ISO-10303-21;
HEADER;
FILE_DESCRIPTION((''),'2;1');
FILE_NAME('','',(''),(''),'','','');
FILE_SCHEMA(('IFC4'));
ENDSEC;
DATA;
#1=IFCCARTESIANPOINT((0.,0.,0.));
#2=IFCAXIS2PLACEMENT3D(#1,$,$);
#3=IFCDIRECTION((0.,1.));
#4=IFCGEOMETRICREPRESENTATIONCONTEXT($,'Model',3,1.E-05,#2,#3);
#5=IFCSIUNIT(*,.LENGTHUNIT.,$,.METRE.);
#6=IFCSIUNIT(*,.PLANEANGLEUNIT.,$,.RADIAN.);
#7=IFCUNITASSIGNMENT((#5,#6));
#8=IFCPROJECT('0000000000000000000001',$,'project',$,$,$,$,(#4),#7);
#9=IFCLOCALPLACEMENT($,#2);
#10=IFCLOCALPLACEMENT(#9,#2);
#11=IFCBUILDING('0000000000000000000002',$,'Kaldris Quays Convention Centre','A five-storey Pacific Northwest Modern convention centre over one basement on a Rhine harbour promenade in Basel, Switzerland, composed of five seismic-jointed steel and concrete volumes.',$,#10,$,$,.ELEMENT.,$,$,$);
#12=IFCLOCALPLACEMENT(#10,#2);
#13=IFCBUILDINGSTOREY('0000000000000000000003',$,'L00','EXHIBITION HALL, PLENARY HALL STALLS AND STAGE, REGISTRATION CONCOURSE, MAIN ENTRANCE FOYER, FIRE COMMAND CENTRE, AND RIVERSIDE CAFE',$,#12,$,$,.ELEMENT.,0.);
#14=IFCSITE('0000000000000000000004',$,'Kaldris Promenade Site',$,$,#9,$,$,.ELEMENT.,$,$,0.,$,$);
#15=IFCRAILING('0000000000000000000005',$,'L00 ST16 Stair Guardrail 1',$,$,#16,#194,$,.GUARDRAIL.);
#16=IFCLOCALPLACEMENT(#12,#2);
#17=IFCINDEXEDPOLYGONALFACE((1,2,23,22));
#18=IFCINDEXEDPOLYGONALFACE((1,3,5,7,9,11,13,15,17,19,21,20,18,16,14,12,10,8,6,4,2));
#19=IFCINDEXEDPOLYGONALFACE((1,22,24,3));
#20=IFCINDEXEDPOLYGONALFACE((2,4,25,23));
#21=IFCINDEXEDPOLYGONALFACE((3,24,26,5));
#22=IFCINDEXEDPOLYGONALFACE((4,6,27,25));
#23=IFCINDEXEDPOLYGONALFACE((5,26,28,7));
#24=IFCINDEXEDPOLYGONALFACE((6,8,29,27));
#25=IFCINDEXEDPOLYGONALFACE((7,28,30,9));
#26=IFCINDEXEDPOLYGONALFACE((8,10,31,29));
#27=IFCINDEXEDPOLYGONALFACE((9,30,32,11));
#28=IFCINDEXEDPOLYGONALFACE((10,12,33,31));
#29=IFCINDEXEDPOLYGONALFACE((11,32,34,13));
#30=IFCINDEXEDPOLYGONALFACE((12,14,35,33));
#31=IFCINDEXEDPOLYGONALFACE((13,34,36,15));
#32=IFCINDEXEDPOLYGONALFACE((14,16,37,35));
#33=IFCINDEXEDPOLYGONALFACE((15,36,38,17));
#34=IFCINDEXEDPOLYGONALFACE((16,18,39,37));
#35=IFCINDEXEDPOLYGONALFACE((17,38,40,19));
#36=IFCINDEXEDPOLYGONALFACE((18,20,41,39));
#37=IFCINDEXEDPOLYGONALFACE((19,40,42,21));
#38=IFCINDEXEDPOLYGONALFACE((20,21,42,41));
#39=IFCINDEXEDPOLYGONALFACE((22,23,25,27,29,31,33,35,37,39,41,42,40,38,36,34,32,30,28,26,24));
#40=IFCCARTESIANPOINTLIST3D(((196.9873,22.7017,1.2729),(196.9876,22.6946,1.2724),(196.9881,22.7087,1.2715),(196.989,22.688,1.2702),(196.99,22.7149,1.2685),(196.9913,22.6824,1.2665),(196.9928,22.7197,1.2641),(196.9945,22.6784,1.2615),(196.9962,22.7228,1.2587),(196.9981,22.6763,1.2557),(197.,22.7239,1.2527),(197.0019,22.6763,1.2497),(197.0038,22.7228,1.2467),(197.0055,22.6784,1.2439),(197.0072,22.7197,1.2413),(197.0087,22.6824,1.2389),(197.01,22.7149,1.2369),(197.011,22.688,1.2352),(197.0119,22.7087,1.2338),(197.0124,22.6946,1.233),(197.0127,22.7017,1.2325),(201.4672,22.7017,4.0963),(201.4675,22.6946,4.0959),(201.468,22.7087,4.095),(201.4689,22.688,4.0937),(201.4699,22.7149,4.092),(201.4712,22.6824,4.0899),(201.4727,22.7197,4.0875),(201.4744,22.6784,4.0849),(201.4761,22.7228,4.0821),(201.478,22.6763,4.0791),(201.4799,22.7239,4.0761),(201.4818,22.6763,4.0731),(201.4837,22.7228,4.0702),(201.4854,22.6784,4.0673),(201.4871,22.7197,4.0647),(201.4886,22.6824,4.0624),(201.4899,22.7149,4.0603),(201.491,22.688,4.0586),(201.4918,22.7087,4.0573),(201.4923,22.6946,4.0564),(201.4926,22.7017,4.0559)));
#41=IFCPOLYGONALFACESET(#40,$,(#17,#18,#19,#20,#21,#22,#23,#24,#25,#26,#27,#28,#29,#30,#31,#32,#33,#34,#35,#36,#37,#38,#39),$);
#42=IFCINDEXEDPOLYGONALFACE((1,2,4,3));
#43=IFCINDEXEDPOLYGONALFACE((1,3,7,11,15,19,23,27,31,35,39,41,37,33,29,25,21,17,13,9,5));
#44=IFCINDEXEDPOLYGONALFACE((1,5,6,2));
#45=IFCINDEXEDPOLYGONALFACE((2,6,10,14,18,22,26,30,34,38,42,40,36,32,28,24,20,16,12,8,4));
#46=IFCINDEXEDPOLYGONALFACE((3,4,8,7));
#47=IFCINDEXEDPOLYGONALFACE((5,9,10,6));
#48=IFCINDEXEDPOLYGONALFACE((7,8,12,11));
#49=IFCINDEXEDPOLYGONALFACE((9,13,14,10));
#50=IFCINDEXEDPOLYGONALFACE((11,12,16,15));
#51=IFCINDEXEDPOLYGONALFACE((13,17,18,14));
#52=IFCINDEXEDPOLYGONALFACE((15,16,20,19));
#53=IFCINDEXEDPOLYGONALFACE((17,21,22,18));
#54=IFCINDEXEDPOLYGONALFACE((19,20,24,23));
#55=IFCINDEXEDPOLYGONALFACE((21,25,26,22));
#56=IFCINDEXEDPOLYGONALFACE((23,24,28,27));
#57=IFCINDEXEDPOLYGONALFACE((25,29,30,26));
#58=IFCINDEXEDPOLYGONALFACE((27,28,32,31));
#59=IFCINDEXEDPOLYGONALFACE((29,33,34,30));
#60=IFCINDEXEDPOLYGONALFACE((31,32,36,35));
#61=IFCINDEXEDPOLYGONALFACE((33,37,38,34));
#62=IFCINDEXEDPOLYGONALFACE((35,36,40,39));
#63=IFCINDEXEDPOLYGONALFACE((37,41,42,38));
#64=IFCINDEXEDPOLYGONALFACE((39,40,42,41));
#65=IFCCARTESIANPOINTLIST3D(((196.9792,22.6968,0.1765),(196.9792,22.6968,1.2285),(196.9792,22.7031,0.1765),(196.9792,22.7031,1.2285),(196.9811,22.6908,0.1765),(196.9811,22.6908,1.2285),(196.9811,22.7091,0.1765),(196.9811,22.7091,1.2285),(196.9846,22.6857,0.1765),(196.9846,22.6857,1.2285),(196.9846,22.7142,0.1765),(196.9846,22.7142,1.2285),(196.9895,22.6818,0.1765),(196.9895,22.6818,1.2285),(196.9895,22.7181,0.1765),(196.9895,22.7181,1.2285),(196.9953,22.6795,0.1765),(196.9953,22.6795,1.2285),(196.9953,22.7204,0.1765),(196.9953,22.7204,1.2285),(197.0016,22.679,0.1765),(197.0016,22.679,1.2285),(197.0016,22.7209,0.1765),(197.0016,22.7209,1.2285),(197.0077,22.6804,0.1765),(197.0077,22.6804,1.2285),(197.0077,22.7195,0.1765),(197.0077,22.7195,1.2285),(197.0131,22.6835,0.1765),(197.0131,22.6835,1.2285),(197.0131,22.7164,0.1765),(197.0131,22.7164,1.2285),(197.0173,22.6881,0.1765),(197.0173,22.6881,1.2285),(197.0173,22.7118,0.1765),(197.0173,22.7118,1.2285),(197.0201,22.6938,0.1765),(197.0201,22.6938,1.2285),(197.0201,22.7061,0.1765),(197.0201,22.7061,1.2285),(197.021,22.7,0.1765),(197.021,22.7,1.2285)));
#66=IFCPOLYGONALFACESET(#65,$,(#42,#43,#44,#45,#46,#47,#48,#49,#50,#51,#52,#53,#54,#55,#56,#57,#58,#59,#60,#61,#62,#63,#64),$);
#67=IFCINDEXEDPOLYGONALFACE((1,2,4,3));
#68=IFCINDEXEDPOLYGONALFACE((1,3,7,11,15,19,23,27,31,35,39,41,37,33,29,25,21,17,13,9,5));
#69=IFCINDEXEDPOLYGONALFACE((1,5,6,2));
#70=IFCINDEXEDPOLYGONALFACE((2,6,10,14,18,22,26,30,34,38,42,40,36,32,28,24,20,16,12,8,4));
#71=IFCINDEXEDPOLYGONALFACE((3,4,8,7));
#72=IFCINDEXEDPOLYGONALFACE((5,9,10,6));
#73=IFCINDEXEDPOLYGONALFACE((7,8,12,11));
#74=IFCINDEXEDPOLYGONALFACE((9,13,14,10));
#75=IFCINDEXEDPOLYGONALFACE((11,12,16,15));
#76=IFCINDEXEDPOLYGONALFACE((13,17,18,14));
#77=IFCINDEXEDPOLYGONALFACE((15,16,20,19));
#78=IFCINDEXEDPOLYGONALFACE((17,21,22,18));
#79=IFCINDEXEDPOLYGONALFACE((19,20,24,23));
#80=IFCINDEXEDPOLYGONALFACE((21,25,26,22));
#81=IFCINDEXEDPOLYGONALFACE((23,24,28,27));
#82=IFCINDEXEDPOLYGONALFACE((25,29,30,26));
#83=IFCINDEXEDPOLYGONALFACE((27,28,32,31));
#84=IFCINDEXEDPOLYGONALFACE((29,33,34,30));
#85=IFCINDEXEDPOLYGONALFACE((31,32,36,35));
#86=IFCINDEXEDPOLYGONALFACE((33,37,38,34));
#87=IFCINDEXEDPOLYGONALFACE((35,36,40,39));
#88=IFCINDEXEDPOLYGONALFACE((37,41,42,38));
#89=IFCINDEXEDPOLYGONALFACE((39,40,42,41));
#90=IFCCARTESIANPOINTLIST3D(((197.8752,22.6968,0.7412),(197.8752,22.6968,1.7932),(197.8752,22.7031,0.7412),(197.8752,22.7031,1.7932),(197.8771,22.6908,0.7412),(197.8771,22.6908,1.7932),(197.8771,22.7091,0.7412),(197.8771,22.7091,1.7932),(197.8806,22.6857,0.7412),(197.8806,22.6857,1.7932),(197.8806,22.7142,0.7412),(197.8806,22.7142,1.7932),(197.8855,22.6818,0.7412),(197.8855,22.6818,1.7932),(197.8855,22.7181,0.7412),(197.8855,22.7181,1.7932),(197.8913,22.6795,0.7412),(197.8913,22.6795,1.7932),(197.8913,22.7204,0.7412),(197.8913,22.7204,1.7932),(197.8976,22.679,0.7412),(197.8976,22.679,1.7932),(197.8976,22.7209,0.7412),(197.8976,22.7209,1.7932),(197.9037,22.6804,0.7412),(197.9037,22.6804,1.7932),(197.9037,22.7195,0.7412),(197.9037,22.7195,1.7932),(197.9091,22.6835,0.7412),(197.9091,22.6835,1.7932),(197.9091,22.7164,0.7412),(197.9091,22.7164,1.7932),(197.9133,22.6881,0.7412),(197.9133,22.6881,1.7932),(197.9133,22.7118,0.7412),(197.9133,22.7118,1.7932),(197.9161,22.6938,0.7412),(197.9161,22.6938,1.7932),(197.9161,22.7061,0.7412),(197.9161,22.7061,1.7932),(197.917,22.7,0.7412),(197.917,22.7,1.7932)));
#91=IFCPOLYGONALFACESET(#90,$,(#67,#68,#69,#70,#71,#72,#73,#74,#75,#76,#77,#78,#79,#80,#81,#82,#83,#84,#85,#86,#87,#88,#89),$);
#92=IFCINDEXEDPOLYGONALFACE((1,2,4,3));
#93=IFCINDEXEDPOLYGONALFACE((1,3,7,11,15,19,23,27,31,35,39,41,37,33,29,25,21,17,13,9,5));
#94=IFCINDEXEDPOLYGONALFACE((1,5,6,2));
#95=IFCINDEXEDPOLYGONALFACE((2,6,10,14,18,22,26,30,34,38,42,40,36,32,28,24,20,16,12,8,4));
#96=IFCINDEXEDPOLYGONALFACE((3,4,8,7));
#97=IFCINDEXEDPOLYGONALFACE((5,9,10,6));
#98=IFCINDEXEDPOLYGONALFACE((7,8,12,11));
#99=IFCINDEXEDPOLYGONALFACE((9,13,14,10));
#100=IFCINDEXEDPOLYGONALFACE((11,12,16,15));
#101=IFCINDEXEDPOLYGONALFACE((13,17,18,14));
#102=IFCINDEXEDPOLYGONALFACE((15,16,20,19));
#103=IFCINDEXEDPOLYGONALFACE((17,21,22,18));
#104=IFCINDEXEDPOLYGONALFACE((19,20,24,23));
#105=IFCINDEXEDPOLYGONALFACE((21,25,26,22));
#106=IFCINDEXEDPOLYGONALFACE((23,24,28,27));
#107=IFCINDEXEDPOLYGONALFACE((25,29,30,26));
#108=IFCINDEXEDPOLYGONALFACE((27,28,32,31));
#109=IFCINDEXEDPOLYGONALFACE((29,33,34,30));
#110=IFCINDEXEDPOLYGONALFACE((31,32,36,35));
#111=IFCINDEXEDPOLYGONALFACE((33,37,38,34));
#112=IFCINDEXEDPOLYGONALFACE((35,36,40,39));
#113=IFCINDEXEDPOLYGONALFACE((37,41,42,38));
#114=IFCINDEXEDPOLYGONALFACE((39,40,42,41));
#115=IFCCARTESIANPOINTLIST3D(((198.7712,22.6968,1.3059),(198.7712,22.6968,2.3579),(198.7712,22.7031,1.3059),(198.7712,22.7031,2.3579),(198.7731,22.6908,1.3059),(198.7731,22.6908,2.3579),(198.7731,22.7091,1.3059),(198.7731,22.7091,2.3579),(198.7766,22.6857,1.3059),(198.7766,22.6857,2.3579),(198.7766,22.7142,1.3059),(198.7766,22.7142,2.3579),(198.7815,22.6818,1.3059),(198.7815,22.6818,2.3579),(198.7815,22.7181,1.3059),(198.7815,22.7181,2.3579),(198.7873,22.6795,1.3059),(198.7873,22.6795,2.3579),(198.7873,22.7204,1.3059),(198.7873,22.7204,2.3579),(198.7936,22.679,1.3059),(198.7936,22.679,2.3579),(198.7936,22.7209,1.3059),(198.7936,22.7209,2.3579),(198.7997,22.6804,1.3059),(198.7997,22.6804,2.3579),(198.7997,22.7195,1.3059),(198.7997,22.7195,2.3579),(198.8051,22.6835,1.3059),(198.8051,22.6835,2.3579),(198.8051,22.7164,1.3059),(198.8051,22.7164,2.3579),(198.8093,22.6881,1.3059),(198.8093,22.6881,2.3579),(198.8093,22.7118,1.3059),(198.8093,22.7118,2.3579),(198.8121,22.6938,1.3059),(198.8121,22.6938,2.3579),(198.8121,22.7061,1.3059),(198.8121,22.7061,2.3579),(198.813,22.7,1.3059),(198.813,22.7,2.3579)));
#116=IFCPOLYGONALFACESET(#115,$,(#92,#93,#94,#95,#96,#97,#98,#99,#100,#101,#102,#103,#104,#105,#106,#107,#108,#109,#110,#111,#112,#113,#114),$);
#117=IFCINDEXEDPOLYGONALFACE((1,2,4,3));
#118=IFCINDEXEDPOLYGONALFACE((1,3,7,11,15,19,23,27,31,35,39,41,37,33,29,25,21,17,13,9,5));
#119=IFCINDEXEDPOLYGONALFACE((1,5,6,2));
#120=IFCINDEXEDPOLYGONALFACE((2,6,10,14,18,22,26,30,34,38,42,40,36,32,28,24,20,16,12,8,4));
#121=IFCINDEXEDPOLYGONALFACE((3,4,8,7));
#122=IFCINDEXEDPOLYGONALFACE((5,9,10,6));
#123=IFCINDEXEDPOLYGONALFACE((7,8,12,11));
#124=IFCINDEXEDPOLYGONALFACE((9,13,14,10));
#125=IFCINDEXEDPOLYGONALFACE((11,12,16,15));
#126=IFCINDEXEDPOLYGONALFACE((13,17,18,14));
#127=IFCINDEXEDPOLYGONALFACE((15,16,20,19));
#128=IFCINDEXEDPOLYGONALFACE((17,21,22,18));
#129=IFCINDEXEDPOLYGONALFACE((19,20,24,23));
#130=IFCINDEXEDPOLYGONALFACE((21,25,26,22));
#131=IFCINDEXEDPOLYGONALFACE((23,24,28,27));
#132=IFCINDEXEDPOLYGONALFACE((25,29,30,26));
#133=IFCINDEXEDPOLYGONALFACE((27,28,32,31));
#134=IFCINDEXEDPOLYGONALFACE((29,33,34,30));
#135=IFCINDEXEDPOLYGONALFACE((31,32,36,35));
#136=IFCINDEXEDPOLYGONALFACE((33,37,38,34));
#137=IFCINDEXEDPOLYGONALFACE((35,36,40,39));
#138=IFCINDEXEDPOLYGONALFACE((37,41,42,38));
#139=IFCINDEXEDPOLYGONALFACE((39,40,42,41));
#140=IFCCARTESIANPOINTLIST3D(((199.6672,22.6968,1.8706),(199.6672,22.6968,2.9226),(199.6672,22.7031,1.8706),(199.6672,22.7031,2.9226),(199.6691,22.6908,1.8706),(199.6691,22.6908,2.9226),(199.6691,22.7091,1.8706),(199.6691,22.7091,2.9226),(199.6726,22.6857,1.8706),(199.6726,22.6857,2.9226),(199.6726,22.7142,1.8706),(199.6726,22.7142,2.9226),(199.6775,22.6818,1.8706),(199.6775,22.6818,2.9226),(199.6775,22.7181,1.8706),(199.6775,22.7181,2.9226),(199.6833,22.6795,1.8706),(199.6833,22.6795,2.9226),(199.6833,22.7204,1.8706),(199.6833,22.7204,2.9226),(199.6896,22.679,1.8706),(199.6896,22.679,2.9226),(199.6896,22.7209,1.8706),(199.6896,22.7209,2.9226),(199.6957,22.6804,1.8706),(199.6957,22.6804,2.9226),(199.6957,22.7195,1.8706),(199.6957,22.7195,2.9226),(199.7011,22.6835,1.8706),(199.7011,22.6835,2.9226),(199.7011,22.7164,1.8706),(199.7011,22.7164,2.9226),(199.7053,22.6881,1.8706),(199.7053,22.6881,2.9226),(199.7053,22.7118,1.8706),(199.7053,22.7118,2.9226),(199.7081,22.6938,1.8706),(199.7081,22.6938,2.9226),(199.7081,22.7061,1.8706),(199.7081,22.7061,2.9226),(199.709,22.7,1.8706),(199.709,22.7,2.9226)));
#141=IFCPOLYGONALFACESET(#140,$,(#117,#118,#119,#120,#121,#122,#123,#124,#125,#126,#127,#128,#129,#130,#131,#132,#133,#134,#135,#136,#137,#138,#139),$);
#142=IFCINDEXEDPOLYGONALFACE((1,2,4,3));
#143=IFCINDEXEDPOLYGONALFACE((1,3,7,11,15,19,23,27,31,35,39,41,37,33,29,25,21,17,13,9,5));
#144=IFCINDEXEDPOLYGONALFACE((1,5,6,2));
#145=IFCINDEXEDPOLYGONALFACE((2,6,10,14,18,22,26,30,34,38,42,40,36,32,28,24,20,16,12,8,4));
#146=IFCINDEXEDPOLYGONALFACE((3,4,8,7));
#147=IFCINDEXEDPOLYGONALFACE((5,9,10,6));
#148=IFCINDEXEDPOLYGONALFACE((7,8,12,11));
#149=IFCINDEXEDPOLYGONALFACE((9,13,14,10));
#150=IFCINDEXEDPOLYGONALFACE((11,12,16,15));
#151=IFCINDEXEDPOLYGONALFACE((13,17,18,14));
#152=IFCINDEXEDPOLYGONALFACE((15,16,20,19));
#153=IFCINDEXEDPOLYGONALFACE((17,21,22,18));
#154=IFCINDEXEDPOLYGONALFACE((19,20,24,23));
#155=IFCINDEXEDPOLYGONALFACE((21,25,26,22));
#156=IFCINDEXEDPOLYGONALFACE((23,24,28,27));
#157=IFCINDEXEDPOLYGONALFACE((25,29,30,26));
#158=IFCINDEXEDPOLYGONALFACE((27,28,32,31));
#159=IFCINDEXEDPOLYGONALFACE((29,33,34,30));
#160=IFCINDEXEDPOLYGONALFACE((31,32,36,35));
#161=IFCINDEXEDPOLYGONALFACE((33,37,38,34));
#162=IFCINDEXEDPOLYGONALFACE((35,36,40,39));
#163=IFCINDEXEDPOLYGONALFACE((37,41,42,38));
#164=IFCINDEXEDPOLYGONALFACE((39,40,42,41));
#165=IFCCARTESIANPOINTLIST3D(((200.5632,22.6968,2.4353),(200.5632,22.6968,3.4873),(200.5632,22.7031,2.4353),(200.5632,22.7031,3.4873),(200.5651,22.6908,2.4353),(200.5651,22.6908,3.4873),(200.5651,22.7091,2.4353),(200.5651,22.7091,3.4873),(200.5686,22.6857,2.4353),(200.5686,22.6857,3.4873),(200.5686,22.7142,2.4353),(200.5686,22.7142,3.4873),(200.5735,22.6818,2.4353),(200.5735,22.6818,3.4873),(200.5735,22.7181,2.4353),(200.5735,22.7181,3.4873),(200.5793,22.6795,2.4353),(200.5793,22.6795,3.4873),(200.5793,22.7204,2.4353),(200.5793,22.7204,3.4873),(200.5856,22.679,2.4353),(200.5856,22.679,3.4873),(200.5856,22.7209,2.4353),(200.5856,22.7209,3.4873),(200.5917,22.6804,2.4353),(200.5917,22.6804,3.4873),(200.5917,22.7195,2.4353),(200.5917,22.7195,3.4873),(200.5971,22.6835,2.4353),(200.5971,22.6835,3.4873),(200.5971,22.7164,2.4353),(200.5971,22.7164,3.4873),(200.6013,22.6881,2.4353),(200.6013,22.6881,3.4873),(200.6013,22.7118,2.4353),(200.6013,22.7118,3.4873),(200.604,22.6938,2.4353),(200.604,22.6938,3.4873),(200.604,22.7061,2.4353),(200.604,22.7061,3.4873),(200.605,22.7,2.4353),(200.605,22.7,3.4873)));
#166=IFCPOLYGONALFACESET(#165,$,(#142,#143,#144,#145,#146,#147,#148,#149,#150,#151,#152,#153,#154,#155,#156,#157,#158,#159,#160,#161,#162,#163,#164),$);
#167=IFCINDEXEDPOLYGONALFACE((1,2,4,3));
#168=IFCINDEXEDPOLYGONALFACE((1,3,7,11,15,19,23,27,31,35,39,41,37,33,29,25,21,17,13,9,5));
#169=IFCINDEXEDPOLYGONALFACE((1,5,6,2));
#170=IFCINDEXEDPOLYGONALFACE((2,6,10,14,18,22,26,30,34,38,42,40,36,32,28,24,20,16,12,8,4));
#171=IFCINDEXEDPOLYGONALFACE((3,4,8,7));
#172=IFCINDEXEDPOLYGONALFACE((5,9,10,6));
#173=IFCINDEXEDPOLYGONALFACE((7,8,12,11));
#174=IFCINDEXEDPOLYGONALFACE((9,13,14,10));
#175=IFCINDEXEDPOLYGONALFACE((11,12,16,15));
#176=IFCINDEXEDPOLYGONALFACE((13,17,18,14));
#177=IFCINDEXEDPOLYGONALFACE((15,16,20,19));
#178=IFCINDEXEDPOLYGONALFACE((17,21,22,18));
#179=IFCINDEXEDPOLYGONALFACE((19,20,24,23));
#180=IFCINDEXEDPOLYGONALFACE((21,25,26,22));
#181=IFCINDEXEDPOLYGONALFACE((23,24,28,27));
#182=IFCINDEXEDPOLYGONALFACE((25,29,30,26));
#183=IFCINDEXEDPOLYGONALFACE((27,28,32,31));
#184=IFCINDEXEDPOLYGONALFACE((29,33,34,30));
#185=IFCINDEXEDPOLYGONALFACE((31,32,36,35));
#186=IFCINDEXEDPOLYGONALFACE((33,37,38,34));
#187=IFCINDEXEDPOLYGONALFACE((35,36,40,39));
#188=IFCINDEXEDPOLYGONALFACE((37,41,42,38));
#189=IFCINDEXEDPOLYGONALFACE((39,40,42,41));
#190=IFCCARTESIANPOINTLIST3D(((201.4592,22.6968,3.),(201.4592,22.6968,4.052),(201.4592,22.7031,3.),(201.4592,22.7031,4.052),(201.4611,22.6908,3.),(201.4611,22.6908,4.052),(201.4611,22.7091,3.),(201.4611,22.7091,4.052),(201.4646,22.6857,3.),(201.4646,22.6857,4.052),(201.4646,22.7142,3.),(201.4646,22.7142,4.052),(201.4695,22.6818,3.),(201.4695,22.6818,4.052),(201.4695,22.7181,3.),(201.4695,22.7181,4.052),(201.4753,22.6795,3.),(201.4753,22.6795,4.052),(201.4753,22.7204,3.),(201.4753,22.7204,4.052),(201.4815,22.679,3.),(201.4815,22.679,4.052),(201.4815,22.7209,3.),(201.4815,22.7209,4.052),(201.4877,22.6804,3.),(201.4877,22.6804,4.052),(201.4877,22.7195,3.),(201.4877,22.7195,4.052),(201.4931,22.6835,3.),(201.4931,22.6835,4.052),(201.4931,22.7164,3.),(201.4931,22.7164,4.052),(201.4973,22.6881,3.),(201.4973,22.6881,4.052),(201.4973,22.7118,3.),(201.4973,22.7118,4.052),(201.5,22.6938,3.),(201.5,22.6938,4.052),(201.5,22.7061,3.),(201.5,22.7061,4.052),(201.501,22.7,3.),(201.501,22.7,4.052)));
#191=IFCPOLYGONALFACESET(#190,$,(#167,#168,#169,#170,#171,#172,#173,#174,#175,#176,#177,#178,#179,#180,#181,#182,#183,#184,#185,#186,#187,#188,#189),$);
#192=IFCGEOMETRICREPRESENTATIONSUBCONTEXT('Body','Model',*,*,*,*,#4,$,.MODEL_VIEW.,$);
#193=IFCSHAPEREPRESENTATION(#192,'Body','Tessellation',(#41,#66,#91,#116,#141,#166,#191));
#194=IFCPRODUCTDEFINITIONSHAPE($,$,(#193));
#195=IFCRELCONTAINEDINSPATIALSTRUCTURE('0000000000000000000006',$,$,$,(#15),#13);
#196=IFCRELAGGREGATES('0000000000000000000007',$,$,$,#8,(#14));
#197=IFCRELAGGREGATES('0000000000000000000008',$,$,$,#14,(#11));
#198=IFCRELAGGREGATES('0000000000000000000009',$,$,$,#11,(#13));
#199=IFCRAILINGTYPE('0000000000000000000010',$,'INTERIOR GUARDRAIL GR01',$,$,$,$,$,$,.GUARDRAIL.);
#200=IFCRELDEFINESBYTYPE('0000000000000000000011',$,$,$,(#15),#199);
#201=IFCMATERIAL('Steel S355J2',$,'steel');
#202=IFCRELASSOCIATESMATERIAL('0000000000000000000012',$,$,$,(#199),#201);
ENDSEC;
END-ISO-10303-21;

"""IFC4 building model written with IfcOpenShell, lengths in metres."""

from ifc_helpers import new_model, si_unit, direction, frame, origin, origin_2d, place, context, subcontext, project, spatial, circle, extrude, material, type_object, element, save


model = new_model("IFC4")

# Units and contexts
model_context = context("Model", 3, precision=1e-05, world=origin(), true_north=direction((0.0, 1.0)))
body_context = subcontext(model_context, "Body", "Model", "MODEL_VIEW")
ifc_project = project(units=[si_unit("LENGTHUNIT", "METRE"), si_unit("PLANEANGLEUNIT", "RADIAN")], contexts=[model_context])

# Site, building, storey
site_placement = place(None, origin())
site = spatial("IfcSite", under=ifc_project, at=site_placement, Name="Kaldris Promenade Site", CompositionType="ELEMENT", RefElevation=0.0)
building_placement = place(site_placement, origin())
building = spatial("IfcBuilding", under=site, at=building_placement, Name="Kaldris Quays Convention Centre", Description="A five-storey Pacific Northwest Modern convention centre over one basement on a Rhine harbour promenade in Basel, Switzerland, composed of five seismic-jointed steel and concrete volumes.", CompositionType="ELEMENT")
storey_placement = place(building_placement, origin())
storey = spatial("IfcBuildingStorey", under=building, at=storey_placement, Name="L00", Description="EXHIBITION HALL, PLENARY HALL STALLS AND STAGE, REGISTRATION CONCOURSE, MAIN ENTRANCE FOYER, FIRE COMMAND CENTRE, AND RIVERSIDE CAFE", CompositionType="ELEMENT", Elevation=0.0)

# Shared definitions
ifc_material_1 = material(Name="Steel S355J2", Category="steel")

# Railing
railing_type_1 = type_object("IfcRailingType", Name="INTERIOR GUARDRAIL GR01", PredefinedType="GUARDRAIL", material=ifc_material_1)
railing_1_placement = place(storey_placement, frame((197.0, 22.7, 0.1765)))
element("IfcRailing", 1, at=railing_1_placement, inside=storey, type_object=railing_type_1, Name="L00 ST16 Stair Guardrail 1", PredefinedType="GUARDRAIL", context=body_context, shape_type="SweptSolid", body=[
    extrude(circle(Radius=0.0239, at=origin_2d()), frame((0.0, 0.0, 1.0762), z_axis=(0.845998, 0.0, 0.533186), x_axis=(0.0, 1.0, 0.0)), (0.0, 0.0, 1.0), 5.2954),
    extrude(circle(Radius=0.021, at=origin_2d()), origin(), (0.0, 0.0, 1.0), 1.052),
    extrude(circle(Radius=0.021, at=origin_2d()), frame((0.896, 0.0, 0.5647)), (0.0, 0.0, 1.0), 1.052),
    extrude(circle(Radius=0.021, at=origin_2d()), frame((1.792, 0.0, 1.1294)), (0.0, 0.0, 1.0), 1.052),
    extrude(circle(Radius=0.021, at=origin_2d()), frame((2.688, 0.0, 1.6941)), (0.0, 0.0, 1.0), 1.052),
    extrude(circle(Radius=0.021, at=origin_2d()), frame((3.584, 0.0, 2.2588)), (0.0, 0.0, 1.0), 1.052),
    extrude(circle(Radius=0.021, at=origin_2d()), frame((4.48, 0.0, 2.8235)), (0.0, 0.0, 1.0), 1.052),
])

save(model, "model.ifc")
